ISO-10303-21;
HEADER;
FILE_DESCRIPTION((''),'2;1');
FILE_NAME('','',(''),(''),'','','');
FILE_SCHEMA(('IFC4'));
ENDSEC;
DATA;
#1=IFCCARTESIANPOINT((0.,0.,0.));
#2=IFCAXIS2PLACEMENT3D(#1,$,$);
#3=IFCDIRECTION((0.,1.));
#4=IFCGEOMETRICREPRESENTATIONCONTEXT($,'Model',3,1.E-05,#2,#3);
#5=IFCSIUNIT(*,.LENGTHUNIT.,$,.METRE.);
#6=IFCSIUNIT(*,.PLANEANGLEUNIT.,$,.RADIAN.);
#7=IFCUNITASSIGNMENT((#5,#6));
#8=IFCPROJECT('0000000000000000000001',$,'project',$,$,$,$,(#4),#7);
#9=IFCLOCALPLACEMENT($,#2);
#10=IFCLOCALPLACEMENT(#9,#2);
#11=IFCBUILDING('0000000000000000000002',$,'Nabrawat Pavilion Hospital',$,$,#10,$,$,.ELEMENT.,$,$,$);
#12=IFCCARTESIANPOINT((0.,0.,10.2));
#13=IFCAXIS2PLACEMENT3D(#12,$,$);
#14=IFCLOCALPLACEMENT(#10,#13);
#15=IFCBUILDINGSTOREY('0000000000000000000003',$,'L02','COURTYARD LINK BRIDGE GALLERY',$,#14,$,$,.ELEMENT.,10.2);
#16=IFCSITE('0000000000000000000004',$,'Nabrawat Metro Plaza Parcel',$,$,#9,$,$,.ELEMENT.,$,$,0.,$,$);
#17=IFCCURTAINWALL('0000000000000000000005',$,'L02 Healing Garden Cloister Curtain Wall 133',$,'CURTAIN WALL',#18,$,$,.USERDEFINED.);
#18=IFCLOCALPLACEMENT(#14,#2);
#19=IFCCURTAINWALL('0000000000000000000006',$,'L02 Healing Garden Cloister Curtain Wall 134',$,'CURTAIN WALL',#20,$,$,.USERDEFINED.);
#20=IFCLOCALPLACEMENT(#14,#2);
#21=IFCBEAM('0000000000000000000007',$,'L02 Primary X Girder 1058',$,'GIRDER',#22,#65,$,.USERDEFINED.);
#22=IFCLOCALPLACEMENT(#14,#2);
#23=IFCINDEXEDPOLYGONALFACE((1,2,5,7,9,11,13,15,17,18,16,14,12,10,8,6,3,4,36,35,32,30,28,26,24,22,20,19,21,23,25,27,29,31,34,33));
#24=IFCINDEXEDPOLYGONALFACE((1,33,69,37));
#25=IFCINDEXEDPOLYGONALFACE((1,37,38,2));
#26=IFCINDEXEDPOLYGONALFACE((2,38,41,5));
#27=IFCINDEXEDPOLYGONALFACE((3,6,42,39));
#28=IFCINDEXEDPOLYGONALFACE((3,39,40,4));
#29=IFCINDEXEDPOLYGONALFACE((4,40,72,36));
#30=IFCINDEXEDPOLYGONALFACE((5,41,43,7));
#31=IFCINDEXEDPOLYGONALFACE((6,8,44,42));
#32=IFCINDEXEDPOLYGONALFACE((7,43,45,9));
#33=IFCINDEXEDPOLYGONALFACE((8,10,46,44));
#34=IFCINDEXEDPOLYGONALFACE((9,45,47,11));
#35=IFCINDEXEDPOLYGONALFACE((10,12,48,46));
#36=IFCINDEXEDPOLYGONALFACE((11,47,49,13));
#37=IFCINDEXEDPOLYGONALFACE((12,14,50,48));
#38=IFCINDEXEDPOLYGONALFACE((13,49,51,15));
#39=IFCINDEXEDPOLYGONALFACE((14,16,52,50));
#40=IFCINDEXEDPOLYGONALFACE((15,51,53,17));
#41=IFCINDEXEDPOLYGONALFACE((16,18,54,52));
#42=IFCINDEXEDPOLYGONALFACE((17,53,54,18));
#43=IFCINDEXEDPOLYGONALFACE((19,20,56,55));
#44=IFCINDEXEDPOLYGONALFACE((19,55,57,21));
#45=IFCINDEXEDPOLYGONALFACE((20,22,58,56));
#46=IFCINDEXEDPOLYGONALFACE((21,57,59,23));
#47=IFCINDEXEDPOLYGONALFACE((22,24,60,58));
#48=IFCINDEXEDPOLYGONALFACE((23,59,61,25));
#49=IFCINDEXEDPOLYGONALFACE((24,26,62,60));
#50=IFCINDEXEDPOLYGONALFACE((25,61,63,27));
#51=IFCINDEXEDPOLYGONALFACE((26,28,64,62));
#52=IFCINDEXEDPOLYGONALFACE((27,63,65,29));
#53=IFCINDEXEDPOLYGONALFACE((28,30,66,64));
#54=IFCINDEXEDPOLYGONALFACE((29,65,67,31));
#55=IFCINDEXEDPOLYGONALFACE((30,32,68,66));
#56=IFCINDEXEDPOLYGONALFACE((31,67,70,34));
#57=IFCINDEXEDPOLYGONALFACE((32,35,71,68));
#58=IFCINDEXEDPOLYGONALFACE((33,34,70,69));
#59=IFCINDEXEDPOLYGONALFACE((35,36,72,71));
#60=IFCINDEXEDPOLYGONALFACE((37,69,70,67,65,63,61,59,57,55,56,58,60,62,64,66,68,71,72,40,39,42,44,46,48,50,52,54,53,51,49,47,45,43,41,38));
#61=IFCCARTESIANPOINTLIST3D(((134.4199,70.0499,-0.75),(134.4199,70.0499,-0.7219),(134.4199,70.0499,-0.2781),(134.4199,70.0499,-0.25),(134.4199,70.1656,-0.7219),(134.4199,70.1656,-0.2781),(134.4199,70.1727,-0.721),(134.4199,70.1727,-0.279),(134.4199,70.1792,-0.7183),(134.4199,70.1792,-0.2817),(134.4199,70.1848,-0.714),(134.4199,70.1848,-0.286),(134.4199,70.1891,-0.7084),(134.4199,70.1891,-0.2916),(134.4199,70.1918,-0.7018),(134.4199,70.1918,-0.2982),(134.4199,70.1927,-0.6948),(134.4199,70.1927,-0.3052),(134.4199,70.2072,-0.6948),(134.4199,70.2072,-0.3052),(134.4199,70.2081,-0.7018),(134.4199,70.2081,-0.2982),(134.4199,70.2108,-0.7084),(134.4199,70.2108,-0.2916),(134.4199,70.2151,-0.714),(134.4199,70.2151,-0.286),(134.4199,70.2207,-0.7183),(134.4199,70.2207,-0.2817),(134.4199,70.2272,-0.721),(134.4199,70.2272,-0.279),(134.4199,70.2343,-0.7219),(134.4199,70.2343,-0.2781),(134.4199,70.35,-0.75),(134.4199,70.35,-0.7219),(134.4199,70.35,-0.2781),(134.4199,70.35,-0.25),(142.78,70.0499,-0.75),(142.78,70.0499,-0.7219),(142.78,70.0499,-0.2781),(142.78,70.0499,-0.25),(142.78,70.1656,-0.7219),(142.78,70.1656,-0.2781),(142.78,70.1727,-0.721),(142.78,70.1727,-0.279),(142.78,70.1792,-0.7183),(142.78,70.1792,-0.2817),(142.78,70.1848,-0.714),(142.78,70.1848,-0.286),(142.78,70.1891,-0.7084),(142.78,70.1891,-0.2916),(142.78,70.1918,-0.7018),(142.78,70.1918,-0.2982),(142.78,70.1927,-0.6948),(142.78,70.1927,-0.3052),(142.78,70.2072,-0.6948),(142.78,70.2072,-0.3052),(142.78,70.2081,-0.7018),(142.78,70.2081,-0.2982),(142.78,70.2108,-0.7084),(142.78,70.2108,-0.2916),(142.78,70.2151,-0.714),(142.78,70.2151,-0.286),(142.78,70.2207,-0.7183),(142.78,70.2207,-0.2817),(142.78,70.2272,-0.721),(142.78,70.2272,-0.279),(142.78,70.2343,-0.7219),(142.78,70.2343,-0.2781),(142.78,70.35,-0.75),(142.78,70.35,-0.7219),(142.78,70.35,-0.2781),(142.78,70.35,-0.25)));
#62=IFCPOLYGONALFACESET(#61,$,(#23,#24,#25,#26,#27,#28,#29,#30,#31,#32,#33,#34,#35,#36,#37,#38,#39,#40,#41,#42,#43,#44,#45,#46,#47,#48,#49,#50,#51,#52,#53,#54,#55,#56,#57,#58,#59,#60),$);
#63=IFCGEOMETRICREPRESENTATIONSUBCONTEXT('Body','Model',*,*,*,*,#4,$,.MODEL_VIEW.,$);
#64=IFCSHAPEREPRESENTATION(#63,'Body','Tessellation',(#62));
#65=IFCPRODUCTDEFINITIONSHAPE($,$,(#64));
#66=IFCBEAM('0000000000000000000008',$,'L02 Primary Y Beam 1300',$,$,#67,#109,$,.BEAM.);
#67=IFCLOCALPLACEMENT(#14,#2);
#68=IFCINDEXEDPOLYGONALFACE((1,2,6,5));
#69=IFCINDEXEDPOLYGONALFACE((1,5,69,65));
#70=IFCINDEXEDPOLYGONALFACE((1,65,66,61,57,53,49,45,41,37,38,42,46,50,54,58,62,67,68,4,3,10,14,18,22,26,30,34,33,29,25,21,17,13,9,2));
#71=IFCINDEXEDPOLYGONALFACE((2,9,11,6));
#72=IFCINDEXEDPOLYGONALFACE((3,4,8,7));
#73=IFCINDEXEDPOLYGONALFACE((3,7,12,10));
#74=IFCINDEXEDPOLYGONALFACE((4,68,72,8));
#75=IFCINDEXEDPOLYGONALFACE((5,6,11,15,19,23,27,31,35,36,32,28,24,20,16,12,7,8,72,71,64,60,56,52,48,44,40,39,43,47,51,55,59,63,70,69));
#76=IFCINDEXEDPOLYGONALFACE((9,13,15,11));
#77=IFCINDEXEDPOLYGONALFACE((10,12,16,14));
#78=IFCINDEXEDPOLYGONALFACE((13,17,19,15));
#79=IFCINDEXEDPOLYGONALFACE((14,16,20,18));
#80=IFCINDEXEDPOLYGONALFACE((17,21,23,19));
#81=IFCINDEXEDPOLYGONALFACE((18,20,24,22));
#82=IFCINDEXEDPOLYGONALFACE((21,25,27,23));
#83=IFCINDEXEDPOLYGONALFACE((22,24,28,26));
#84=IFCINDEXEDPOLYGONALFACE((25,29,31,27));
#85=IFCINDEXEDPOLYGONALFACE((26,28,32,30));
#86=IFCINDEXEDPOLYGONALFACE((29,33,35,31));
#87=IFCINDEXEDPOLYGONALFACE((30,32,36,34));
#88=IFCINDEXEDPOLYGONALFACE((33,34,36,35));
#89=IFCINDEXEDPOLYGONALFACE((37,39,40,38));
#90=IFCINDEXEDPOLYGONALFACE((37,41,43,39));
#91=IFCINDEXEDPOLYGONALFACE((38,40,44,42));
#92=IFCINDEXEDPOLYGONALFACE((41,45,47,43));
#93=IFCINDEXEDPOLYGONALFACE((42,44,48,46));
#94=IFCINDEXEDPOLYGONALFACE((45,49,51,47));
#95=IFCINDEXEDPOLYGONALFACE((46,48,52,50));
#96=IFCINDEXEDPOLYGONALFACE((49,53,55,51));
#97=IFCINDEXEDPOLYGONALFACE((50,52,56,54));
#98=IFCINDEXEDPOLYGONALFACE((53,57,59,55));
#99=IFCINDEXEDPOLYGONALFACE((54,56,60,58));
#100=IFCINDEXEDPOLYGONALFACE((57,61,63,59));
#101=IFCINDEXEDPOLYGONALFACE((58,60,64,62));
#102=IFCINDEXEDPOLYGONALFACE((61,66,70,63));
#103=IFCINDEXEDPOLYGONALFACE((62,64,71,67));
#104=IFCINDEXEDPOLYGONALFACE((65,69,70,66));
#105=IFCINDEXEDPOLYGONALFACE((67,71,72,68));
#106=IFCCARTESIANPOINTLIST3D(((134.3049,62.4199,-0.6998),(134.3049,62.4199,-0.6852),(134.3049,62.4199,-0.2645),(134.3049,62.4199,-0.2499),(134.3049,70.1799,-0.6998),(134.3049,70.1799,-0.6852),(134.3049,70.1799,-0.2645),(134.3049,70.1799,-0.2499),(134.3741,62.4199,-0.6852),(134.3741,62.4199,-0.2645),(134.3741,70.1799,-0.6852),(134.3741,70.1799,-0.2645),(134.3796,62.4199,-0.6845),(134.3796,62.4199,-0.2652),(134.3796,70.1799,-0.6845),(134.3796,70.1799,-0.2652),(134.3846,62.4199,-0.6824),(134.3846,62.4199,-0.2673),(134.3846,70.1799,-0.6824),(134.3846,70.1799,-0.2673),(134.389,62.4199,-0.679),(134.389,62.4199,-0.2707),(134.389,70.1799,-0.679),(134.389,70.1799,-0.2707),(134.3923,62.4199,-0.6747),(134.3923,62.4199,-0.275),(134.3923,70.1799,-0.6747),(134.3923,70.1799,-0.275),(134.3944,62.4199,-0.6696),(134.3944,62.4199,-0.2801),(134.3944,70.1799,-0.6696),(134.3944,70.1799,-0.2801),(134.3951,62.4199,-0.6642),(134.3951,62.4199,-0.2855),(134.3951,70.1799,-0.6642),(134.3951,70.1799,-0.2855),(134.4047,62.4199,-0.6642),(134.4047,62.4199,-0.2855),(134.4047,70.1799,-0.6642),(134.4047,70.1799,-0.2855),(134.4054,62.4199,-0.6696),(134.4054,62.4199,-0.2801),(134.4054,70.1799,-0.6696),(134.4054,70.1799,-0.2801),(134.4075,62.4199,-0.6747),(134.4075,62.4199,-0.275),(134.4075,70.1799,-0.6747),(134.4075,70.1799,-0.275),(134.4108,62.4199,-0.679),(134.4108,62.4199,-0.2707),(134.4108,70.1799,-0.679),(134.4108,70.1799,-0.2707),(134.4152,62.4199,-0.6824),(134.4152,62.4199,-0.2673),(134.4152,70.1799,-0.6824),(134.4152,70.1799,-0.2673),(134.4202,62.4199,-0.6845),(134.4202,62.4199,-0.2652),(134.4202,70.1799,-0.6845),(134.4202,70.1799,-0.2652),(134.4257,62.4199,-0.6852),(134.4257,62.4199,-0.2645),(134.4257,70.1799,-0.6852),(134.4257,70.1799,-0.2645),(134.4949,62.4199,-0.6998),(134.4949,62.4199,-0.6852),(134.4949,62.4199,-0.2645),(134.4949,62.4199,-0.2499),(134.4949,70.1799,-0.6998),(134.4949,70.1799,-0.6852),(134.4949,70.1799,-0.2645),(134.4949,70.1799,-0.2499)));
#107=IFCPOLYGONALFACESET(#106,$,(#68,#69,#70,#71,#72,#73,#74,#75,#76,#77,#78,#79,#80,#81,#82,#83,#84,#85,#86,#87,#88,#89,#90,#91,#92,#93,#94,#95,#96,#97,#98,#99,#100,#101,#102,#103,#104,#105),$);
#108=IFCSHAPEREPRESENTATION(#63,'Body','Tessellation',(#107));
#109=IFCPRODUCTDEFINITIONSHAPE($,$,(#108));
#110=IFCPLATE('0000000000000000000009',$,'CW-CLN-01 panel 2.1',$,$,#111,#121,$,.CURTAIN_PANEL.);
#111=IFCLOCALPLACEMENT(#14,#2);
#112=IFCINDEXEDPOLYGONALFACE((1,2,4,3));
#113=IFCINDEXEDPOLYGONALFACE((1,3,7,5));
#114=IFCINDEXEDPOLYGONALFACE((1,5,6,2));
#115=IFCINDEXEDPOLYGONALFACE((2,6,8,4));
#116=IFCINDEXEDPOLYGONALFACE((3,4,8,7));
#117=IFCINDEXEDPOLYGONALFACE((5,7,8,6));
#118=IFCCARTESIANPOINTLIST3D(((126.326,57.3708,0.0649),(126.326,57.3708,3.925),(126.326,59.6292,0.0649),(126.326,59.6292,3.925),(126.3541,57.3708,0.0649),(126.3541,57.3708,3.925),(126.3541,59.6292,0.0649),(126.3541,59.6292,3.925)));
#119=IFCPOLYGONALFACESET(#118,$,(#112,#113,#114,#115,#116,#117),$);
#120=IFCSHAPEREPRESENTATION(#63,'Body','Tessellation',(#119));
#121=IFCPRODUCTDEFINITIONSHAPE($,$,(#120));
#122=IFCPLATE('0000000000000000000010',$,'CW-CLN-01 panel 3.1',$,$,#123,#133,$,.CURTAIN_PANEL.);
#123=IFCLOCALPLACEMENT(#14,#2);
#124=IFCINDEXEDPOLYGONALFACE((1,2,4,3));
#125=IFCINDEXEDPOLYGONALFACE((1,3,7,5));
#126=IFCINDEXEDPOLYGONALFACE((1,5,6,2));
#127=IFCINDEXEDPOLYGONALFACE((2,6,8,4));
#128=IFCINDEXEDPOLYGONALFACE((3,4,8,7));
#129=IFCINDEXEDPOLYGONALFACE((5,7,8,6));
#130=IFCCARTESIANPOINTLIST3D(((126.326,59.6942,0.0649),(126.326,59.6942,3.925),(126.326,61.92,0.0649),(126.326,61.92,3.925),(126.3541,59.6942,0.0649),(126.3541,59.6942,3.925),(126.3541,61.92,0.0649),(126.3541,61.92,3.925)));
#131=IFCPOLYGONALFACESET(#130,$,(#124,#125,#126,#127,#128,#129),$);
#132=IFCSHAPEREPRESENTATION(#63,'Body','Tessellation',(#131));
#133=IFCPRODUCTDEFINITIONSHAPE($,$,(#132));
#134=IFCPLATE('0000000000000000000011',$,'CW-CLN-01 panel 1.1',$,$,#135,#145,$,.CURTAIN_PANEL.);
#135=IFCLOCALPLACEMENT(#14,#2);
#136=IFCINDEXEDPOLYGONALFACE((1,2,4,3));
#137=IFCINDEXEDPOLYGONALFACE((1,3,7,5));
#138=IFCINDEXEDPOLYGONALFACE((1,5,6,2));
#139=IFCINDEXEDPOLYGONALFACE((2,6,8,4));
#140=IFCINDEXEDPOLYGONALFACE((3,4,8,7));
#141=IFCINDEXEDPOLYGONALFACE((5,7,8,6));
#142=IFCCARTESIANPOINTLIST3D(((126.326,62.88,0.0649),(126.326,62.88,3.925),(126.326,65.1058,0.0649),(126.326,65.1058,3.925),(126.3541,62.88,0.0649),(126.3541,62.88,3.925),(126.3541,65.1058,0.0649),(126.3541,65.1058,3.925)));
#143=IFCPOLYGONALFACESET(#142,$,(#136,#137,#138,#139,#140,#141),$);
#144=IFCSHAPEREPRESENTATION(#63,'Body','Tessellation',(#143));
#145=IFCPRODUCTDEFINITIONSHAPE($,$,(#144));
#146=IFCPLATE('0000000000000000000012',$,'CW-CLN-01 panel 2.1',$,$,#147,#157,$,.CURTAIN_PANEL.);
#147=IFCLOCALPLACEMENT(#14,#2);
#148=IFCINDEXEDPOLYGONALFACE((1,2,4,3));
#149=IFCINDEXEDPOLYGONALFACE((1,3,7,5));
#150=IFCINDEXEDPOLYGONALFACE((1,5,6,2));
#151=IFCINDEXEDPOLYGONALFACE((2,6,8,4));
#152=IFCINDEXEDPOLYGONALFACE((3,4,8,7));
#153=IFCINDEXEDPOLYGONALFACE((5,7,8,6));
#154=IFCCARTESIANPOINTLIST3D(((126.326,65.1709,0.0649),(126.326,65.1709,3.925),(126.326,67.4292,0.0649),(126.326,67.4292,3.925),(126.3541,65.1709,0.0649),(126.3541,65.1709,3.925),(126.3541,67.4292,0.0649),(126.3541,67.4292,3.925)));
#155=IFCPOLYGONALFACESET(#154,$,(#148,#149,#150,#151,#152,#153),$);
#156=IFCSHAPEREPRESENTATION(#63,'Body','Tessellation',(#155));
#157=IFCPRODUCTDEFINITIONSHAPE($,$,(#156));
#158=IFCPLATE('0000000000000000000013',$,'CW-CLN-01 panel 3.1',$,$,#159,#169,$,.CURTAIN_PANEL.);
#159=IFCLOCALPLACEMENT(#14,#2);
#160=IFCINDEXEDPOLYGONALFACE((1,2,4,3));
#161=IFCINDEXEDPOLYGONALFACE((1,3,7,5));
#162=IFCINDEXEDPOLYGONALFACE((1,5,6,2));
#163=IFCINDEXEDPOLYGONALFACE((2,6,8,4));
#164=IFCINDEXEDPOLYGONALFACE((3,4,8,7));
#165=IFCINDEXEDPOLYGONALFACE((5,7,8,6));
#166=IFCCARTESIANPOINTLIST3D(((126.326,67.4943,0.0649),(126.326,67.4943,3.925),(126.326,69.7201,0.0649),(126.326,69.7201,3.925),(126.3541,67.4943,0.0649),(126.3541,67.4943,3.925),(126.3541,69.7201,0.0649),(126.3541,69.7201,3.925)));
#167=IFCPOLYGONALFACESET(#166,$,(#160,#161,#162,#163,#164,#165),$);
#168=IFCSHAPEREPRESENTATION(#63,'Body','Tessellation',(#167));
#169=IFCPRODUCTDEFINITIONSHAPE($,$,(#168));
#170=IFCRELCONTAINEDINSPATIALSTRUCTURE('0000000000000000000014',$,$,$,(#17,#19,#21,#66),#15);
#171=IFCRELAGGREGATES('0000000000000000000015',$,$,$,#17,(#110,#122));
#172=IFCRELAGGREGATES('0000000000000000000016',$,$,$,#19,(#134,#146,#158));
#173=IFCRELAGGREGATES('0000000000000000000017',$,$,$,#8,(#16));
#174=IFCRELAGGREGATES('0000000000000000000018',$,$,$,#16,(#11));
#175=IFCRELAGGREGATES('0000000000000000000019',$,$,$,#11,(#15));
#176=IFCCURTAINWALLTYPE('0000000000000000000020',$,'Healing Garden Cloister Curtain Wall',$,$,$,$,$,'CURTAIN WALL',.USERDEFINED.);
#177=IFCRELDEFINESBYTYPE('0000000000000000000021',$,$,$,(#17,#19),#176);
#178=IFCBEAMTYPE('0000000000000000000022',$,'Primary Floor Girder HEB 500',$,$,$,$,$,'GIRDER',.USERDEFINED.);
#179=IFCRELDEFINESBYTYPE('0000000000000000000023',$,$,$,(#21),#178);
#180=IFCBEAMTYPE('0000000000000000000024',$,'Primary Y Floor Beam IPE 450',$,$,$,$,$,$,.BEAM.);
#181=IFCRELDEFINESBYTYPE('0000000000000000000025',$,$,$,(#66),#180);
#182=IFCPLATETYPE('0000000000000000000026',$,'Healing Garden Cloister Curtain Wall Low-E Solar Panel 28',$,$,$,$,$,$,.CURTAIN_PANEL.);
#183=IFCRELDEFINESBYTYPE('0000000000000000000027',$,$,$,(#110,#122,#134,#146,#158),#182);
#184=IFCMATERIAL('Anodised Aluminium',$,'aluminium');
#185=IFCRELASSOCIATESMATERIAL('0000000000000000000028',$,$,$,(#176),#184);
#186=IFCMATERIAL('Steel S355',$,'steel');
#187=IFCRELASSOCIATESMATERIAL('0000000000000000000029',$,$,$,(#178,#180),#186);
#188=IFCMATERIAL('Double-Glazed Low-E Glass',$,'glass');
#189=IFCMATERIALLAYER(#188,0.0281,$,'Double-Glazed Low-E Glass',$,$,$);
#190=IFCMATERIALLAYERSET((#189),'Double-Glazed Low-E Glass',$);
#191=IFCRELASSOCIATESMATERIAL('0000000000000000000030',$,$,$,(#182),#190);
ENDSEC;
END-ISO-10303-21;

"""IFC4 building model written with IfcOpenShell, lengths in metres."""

from ifc_helpers import new_model, si_unit, direction, frame, origin, origin_2d, place, context, subcontext, project, spatial, rectangle, i_section, extrude, material, layer, layer_set, material_profile, profile_set, type_object, element, aggregate, save


model = new_model("IFC4")

# Units and contexts
model_context = context("Model", 3, precision=1e-05, world=origin(), true_north=direction((0.0, 1.0)))
body_context = subcontext(model_context, "Body", "Model", "MODEL_VIEW")
ifc_project = project(units=[si_unit("LENGTHUNIT", "METRE"), si_unit("PLANEANGLEUNIT", "RADIAN")], contexts=[model_context])

# Site, building, storey
site_placement = place(None, origin())
site = spatial("IfcSite", under=ifc_project, at=site_placement, Name="Nabrawat Metro Plaza Parcel", CompositionType="ELEMENT", RefElevation=0.0)
building_placement = place(site_placement, origin())
building = spatial("IfcBuilding", under=site, at=building_placement, Name="Nabrawat Pavilion Hospital", CompositionType="ELEMENT")
storey_placement = place(building_placement, frame((0.0, 0.0, 10.2)))
storey = spatial("IfcBuildingStorey", under=building, at=storey_placement, Name="L02", Description="COURTYARD LINK BRIDGE GALLERY", CompositionType="ELEMENT", Elevation=10.2)

# Shared definitions
ifc_material_1 = material(Name="Steel S355", Category="steel")

# Curtain walls
ifc_material_2 = material(Name="Anodised Aluminium", Category="aluminium")
curtain_wall_type = type_object("IfcCurtainWallType", Name="Healing Garden Cloister Curtain Wall", ElementType="CURTAIN WALL", PredefinedType="USERDEFINED", material=ifc_material_2)
curtain_wall_1_placement = place(storey_placement, origin())
curtain_wall_1 = element("IfcCurtainWall", 1, at=curtain_wall_1_placement, inside=storey, type_object=curtain_wall_type, Name="L02 Healing Garden Cloister Curtain Wall 133", ObjectType="CURTAIN WALL", PredefinedType="USERDEFINED")
curtain_wall_2_placement = place(storey_placement, origin())
curtain_wall_2 = element("IfcCurtainWall", 2, at=curtain_wall_2_placement, inside=storey, type_object=curtain_wall_type, Name="L02 Healing Garden Cloister Curtain Wall 134", ObjectType="CURTAIN WALL", PredefinedType="USERDEFINED")

# Beams
ifc_material_profile_1 = material_profile(ifc_material_1, i_section(OverallWidth=0.3, OverallDepth=0.5, WebThickness=0.0144, FlangeThickness=0.0281, FilletRadius=0.0271, at=origin_2d()), Name="HEB 500")
ifc_profile_set_1 = profile_set([ifc_material_profile_1], Name="Steel S355")
beam_type_1 = type_object("IfcBeamType", Name="Primary Floor Girder HEB 500", ElementType="GIRDER", PredefinedType="USERDEFINED", material=ifc_profile_set_1)
beam_1_placement = place(storey_placement, frame((134.4199, 70.2, -0.5), z_axis=(1.0, 0.0, 0.0), x_axis=(0.0, 1.0, 0.0)))
element("IfcBeam", 3, at=beam_1_placement, inside=storey, type_object=beam_type_1, Name="L02 Primary X Girder 1058", ObjectType="GIRDER", PredefinedType="USERDEFINED", context=body_context, shape_type="SweptSolid", body=[
    extrude(i_section(OverallWidth=0.3, OverallDepth=0.5, WebThickness=0.0144, FlangeThickness=0.0281, FilletRadius=0.0271, at=origin_2d()), origin(), (0.0, 0.0, 1.0), 8.3601),
])
ifc_material_profile_2 = material_profile(ifc_material_1, i_section(OverallWidth=0.1899, OverallDepth=0.45, WebThickness=0.0095, FlangeThickness=0.0146, FilletRadius=0.021, at=origin_2d()), Name="IPE 450")
ifc_profile_set_2 = profile_set([ifc_material_profile_2], Name="Steel S355")
beam_type_2 = type_object("IfcBeamType", Name="Primary Y Floor Beam IPE 450", PredefinedType="BEAM", material=ifc_profile_set_2)
beam_2_placement = place(storey_placement, frame((134.3999, 62.4199, -0.4749), z_axis=(0.0, 1.0, 0.0), x_axis=(-1.0, 0.0, 0.0)))
element("IfcBeam", 4, at=beam_2_placement, inside=storey, type_object=beam_type_2, Name="L02 Primary Y Beam 1300", PredefinedType="BEAM", context=body_context, shape_type="SweptSolid", body=[
    extrude(i_section(OverallWidth=0.1899, OverallDepth=0.45, WebThickness=0.0095, FlangeThickness=0.0146, FilletRadius=0.021, at=origin_2d()), origin(), (0.0, 0.0, 1.0), 7.76),
])

# Plates
ifc_material_3 = material(Name="Double-Glazed Low-E Glass", Category="glass")
ifc_layer = layer(ifc_material_3, 0.0281, Name="Double-Glazed Low-E Glass")
ifc_layer_set = layer_set([ifc_layer], Name="Double-Glazed Low-E Glass")
plate_type = type_object("IfcPlateType", Name="Healing Garden Cloister Curtain Wall Low-E Solar Panel 28", PredefinedType="CURTAIN_PANEL", material=ifc_layer_set)
plate_1_placement = place(storey_placement, frame((126.3401, 58.5, 0.0649), z_axis=(0.0, 0.0, 1.0), x_axis=(0.0, 1.0, 0.0)))
plate_1 = element("IfcPlate", 5, at=plate_1_placement, type_object=plate_type, Name="CW-CLN-01 panel 2.1", PredefinedType="CURTAIN_PANEL", context=body_context, shape_type="SweptSolid", body=[
    extrude(rectangle(XDim=2.2583, YDim=0.0281, at=origin_2d()), origin(), (0.0, 0.0, 1.0), 3.8601),
])
plate_2_placement = place(storey_placement, frame((126.3401, 60.8071, 0.0649), z_axis=(0.0, 0.0, 1.0), x_axis=(0.0, 1.0, 0.0)))
plate_2 = element("IfcPlate", 6, at=plate_2_placement, type_object=plate_type, Name="CW-CLN-01 panel 3.1", PredefinedType="CURTAIN_PANEL", context=body_context, shape_type="SweptSolid", body=[
    extrude(rectangle(XDim=2.2258, YDim=0.0281, at=origin_2d()), origin(), (0.0, 0.0, 1.0), 3.8601),
])
aggregate(curtain_wall_1, [plate_1, plate_2])
plate_3_placement = place(storey_placement, frame((126.3401, 63.9929, 0.0649), z_axis=(0.0, 0.0, 1.0), x_axis=(0.0, 1.0, 0.0)))
plate_3 = element("IfcPlate", 7, at=plate_3_placement, type_object=plate_type, Name="CW-CLN-01 panel 1.1", PredefinedType="CURTAIN_PANEL", context=body_context, shape_type="SweptSolid", body=[
    extrude(rectangle(XDim=2.2258, YDim=0.0281, at=origin_2d()), origin(), (0.0, 0.0, 1.0), 3.8601),
])
plate_4_placement = place(storey_placement, frame((126.3401, 66.3, 0.0649), z_axis=(0.0, 0.0, 1.0), x_axis=(0.0, 1.0, 0.0)))
plate_4 = element("IfcPlate", 8, at=plate_4_placement, type_object=plate_type, Name="CW-CLN-01 panel 2.1", PredefinedType="CURTAIN_PANEL", context=body_context, shape_type="SweptSolid", body=[
    extrude(rectangle(XDim=2.2583, YDim=0.0281, at=origin_2d()), origin(), (0.0, 0.0, 1.0), 3.8601),
])
plate_5_placement = place(storey_placement, frame((126.3401, 68.6072, 0.0649), z_axis=(0.0, 0.0, 1.0), x_axis=(0.0, 1.0, 0.0)))
plate_5 = element("IfcPlate", 9, at=plate_5_placement, type_object=plate_type, Name="CW-CLN-01 panel 3.1", PredefinedType="CURTAIN_PANEL", context=body_context, shape_type="SweptSolid", body=[
    extrude(rectangle(XDim=2.2258, YDim=0.0281, at=origin_2d()), origin(), (0.0, 0.0, 1.0), 3.8601),
])
aggregate(curtain_wall_2, [plate_3, plate_4, plate_5])

save(model, "model.ifc")
